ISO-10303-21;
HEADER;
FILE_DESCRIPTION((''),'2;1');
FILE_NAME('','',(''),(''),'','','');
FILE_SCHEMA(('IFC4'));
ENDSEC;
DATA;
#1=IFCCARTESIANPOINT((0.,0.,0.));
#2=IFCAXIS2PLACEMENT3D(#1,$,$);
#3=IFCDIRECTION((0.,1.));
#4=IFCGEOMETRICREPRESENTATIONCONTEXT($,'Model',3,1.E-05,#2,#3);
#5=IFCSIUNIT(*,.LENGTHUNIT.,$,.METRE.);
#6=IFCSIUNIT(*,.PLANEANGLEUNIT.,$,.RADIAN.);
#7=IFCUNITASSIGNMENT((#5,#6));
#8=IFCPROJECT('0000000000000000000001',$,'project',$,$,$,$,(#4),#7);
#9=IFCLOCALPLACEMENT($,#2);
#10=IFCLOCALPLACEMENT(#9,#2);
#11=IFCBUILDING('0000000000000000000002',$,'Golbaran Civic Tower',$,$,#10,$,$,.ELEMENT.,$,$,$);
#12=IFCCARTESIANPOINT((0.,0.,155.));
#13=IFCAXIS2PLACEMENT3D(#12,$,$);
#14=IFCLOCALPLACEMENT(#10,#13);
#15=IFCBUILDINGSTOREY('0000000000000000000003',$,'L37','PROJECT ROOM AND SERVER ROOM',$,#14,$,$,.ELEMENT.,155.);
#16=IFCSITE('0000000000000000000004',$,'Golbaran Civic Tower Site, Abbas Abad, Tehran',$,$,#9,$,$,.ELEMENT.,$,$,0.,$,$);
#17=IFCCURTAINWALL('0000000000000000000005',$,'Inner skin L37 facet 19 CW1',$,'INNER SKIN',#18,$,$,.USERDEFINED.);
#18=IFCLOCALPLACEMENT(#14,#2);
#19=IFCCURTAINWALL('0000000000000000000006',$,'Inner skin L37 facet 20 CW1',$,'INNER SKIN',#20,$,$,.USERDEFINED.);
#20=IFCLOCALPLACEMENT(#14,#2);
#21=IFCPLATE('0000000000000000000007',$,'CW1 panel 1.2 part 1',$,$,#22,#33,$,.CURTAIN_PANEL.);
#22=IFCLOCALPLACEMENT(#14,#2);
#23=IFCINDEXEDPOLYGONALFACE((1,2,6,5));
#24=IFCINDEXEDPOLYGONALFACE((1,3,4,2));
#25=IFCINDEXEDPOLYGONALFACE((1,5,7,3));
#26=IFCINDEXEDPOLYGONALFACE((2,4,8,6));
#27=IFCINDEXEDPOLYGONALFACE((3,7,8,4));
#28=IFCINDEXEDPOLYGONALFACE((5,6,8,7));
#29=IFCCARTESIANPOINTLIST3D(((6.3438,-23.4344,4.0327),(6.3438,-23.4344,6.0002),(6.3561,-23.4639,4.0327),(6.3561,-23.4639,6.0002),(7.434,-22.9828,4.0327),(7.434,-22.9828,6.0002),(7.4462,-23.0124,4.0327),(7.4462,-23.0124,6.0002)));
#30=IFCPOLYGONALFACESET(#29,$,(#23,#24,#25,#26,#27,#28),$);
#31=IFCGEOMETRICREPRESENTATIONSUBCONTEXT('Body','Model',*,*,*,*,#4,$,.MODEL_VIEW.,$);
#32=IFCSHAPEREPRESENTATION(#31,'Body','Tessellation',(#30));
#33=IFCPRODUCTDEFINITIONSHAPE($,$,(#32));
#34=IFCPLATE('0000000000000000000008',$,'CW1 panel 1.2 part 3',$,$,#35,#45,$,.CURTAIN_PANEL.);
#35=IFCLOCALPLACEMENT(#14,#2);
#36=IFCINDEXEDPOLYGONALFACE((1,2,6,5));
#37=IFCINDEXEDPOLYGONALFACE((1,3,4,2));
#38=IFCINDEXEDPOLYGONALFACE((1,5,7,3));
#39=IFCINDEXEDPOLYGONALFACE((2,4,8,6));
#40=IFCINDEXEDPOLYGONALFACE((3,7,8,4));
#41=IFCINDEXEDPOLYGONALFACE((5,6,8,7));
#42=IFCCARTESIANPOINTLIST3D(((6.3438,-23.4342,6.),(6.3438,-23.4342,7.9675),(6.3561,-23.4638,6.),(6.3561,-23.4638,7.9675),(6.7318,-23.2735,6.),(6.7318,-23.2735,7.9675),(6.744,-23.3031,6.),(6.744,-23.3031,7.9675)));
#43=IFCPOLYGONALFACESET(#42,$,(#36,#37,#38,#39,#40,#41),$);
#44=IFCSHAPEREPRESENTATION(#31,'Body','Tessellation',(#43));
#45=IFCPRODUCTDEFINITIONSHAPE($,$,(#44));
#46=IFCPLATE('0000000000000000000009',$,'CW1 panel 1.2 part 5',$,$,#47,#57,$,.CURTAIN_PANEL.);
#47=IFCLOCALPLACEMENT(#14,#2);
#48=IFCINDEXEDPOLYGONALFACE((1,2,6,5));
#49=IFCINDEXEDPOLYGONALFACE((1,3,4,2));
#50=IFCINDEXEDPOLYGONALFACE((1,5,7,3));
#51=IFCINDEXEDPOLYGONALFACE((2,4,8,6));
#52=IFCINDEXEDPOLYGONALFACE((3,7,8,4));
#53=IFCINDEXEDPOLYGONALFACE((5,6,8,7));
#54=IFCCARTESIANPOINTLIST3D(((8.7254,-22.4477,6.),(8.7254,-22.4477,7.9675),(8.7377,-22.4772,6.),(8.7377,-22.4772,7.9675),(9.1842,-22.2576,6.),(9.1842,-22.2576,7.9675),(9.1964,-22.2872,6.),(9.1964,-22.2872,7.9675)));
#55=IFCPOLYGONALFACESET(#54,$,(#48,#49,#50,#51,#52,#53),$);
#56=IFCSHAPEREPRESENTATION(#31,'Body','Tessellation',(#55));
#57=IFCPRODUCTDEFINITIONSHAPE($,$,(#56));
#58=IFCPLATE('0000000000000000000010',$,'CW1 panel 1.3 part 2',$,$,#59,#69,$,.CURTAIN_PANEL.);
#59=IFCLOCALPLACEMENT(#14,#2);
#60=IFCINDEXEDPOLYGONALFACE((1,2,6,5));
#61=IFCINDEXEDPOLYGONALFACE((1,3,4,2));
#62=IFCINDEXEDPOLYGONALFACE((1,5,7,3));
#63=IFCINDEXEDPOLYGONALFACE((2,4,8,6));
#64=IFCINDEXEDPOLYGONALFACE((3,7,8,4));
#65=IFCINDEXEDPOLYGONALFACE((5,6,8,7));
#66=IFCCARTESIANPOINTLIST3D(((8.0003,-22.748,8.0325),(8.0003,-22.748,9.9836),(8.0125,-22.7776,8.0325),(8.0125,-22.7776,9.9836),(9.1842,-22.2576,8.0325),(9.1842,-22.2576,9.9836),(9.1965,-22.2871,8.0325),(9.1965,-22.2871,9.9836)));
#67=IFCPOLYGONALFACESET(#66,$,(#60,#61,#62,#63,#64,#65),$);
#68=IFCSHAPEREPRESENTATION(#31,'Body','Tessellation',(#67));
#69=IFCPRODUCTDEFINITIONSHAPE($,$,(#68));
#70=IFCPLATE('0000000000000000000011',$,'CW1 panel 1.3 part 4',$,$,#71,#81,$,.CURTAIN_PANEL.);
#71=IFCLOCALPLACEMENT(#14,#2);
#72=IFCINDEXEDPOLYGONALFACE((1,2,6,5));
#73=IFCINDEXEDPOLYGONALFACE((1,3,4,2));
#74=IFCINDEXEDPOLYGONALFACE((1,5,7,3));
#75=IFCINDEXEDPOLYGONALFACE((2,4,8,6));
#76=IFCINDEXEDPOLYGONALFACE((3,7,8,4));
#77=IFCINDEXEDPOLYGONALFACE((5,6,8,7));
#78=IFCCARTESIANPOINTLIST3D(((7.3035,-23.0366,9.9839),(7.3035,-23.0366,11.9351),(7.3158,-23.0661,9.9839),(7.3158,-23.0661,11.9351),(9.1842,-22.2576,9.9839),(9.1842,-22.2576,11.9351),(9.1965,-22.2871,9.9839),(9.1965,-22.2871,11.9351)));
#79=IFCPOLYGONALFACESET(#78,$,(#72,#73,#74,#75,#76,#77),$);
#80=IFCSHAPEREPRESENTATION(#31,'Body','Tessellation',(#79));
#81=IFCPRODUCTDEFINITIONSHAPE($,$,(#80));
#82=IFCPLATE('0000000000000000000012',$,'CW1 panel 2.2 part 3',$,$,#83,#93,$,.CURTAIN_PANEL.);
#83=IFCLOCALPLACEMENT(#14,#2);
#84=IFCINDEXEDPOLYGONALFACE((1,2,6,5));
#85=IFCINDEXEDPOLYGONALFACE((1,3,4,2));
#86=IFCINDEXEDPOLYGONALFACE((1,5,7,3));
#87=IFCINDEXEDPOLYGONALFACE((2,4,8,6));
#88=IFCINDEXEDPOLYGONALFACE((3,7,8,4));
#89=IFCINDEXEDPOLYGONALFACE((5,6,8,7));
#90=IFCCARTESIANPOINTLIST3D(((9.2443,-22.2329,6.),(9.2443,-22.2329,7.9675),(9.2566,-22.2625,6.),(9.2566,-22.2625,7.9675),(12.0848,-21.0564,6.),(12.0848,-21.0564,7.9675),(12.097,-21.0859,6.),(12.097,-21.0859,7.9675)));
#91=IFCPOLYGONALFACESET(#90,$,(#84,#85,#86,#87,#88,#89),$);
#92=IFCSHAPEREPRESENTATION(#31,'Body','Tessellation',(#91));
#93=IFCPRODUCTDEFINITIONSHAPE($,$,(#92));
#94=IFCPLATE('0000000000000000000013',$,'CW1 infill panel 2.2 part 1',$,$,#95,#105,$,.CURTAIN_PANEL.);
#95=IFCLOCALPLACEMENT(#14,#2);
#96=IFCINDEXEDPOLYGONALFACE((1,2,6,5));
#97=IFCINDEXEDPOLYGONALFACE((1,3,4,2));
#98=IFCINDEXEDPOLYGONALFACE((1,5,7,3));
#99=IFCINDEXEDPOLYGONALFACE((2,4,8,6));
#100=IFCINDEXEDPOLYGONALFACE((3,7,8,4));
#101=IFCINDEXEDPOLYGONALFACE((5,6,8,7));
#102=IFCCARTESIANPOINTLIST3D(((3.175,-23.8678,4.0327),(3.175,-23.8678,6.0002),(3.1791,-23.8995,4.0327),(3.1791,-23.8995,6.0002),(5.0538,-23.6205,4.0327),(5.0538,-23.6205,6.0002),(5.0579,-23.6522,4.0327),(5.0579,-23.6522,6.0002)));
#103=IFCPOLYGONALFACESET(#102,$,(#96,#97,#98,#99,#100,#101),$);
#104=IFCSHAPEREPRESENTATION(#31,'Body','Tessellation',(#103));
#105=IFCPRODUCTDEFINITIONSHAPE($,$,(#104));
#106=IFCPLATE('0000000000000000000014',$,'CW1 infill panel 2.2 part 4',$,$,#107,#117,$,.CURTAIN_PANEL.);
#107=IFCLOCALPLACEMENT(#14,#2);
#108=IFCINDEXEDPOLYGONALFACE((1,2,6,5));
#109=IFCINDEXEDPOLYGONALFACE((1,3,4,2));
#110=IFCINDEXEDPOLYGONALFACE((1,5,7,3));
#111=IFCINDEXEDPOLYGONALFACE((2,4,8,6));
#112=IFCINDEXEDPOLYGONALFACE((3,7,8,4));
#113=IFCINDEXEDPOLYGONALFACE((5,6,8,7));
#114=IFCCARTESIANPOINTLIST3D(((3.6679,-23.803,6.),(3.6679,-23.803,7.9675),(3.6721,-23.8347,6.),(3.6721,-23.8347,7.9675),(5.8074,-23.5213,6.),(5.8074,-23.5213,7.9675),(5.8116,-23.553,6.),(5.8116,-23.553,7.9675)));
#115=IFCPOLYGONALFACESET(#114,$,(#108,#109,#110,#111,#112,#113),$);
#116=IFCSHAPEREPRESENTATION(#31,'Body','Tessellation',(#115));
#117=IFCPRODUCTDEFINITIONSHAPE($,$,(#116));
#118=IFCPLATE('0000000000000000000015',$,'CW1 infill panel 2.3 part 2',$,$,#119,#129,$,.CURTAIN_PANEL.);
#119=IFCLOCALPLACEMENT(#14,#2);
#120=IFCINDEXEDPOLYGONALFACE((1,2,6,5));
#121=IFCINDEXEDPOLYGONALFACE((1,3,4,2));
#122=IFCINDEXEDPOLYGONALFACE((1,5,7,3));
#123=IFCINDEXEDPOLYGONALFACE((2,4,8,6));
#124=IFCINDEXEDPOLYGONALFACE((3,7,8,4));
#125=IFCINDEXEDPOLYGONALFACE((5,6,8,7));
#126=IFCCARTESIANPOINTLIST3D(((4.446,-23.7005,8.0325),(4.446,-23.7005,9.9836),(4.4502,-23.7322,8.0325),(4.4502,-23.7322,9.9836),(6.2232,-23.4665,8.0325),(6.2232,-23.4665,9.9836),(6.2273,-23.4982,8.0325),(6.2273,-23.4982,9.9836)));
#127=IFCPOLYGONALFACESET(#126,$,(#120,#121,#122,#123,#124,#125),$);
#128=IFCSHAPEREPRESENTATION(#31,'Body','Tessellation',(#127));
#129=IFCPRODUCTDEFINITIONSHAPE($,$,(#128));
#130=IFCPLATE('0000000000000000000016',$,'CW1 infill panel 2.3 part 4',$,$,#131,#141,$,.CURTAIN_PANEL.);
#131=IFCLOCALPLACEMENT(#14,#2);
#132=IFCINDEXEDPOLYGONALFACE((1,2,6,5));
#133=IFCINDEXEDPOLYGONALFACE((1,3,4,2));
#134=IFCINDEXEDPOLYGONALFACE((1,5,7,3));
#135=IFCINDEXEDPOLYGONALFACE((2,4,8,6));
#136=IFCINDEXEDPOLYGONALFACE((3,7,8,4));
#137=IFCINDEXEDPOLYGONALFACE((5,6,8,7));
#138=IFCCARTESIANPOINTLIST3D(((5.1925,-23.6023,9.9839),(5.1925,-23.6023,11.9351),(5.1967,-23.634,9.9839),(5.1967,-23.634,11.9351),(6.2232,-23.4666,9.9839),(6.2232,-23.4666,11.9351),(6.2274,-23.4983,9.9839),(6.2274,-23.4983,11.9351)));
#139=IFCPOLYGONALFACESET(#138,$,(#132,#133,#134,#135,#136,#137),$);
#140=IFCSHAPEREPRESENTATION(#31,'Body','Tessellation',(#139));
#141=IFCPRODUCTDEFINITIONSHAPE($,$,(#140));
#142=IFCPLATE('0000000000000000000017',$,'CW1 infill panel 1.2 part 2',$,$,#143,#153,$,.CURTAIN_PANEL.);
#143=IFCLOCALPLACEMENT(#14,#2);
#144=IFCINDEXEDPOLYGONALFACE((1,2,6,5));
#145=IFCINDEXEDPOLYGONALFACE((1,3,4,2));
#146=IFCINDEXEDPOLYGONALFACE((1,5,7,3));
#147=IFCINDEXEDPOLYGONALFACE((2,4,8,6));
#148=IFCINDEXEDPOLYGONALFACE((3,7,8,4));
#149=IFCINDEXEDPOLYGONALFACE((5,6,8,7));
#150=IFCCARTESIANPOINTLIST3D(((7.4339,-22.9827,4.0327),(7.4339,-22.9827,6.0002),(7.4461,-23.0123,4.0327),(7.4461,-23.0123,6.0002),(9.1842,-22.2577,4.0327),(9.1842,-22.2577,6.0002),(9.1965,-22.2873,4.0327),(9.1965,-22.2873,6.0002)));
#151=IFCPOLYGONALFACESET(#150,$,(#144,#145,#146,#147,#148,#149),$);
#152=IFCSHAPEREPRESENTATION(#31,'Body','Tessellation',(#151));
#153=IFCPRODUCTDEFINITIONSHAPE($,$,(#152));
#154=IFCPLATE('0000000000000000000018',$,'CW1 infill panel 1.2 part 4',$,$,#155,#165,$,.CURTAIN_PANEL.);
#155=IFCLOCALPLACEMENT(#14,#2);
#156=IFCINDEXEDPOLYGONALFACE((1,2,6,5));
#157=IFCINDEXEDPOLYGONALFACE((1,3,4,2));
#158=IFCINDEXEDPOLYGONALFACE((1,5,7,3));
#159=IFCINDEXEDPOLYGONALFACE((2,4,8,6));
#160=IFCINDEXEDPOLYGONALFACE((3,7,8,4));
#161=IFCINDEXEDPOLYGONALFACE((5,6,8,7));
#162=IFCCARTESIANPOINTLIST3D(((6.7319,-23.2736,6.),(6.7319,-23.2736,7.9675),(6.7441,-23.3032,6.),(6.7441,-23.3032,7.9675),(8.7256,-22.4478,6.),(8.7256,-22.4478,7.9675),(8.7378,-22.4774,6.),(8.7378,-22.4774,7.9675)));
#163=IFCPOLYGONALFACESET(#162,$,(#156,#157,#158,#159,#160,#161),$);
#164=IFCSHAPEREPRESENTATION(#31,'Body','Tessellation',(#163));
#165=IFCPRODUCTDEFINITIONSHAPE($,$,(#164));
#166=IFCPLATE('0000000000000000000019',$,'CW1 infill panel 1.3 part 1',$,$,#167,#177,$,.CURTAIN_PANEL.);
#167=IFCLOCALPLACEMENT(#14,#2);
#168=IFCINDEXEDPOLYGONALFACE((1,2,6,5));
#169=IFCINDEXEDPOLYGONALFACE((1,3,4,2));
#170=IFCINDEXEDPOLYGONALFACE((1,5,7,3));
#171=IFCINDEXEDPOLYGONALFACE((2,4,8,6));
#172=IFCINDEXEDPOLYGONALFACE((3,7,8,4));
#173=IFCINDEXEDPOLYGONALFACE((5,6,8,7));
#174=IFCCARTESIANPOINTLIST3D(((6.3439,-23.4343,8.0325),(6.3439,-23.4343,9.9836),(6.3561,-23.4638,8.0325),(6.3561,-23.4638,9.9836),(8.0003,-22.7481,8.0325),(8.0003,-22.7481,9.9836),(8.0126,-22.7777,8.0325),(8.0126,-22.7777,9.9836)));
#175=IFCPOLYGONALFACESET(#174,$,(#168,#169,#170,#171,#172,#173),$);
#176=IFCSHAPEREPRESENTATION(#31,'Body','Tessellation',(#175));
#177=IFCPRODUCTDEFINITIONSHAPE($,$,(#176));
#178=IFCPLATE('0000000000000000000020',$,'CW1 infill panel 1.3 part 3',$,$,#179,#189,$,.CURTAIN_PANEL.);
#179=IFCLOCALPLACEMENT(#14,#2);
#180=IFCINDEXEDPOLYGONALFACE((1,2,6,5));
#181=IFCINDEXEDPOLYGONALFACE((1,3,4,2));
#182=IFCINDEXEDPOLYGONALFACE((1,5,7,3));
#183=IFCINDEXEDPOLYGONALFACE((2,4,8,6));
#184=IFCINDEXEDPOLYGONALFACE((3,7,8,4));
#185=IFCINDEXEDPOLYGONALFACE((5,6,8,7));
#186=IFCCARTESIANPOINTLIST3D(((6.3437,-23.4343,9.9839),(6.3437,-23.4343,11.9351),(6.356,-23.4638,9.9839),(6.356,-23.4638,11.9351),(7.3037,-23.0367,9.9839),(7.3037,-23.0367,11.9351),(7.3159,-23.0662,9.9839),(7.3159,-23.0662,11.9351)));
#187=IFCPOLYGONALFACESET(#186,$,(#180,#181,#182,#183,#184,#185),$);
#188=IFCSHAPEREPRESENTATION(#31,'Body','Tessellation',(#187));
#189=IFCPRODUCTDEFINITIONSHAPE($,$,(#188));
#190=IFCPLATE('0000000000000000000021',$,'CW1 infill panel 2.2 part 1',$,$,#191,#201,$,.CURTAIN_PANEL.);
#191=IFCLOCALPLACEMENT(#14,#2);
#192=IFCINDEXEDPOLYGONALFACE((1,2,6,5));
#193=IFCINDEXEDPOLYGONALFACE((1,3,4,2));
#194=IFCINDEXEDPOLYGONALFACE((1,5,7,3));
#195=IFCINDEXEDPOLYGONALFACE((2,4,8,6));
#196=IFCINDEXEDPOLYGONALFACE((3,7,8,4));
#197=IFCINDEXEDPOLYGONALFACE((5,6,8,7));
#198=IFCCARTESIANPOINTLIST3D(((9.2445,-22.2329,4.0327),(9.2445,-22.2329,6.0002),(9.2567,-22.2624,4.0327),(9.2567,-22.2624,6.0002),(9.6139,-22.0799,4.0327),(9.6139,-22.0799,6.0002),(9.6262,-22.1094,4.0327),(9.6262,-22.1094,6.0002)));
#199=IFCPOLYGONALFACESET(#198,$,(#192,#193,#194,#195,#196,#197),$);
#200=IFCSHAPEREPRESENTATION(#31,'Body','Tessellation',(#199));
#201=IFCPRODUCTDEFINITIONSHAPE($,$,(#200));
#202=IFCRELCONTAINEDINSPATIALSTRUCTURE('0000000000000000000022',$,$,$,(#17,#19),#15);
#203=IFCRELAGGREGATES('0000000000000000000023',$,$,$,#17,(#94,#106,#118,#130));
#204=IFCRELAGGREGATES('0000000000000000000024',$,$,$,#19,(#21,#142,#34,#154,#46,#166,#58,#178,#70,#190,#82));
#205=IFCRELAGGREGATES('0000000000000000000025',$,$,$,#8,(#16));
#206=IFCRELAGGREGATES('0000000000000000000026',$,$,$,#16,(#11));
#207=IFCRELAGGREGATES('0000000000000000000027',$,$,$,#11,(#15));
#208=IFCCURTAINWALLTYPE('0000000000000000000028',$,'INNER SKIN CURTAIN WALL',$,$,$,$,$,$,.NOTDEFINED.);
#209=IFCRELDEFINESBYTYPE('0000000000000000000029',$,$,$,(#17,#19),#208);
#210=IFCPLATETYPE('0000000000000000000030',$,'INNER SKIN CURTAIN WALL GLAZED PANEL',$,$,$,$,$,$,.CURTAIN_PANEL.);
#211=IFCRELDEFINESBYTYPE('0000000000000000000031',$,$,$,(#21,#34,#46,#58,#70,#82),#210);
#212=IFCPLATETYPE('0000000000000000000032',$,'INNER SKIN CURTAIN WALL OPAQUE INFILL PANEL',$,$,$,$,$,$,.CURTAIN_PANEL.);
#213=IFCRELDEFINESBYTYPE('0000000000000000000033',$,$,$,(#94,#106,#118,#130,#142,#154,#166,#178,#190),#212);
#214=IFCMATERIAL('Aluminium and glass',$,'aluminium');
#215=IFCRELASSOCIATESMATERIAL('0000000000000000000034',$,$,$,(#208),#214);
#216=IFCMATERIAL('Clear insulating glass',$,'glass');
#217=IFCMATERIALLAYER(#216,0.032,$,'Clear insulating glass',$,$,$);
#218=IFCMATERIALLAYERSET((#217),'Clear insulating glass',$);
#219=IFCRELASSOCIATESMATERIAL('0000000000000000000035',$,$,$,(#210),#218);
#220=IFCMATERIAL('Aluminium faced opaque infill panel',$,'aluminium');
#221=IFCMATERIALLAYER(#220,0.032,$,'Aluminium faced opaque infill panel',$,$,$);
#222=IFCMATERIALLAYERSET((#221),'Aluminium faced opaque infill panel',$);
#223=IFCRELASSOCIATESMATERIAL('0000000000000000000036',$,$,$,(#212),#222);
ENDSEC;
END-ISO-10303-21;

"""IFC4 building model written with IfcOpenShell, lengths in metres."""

from ifc_helpers import new_model, si_unit, direction, frame, origin, origin_2d, place, context, subcontext, project, spatial, rectangle, extrude, material, layer, layer_set, type_object, element, aggregate, save


model = new_model("IFC4")

# Units and contexts
model_context = context("Model", 3, precision=1e-05, world=origin(), true_north=direction((0.0, 1.0)))
body_context = subcontext(model_context, "Body", "Model", "MODEL_VIEW")
ifc_project = project(units=[si_unit("LENGTHUNIT", "METRE"), si_unit("PLANEANGLEUNIT", "RADIAN")], contexts=[model_context])

# Site, building, storey
site_placement = place(None, origin())
site = spatial("IfcSite", under=ifc_project, at=site_placement, Name="Golbaran Civic Tower Site, Abbas Abad, Tehran", CompositionType="ELEMENT", RefElevation=0.0)
building_placement = place(site_placement, origin())
building = spatial("IfcBuilding", under=site, at=building_placement, Name="Golbaran Civic Tower", CompositionType="ELEMENT")
storey_placement = place(building_placement, frame((0.0, 0.0, 155.0)))
storey = spatial("IfcBuildingStorey", under=building, at=storey_placement, Name="L37", Description="PROJECT ROOM AND SERVER ROOM", CompositionType="ELEMENT", Elevation=155.0)

# Curtain walls
ifc_material_1 = material(Name="Aluminium and glass", Category="aluminium")
curtain_wall_type = type_object("IfcCurtainWallType", Name="INNER SKIN CURTAIN WALL", PredefinedType="NOTDEFINED", material=ifc_material_1)
curtain_wall_1_placement = place(storey_placement, origin())
curtain_wall_1 = element("IfcCurtainWall", 1, at=curtain_wall_1_placement, inside=storey, type_object=curtain_wall_type, Name="Inner skin L37 facet 19 CW1", ObjectType="INNER SKIN", PredefinedType="USERDEFINED")
curtain_wall_2_placement = place(storey_placement, origin())
curtain_wall_2 = element("IfcCurtainWall", 2, at=curtain_wall_2_placement, inside=storey, type_object=curtain_wall_type, Name="Inner skin L37 facet 20 CW1", ObjectType="INNER SKIN", PredefinedType="USERDEFINED")

# Plates
ifc_material_2 = material(Name="Clear insulating glass", Category="glass")
ifc_layer_1 = layer(ifc_material_2, 0.032, Name="Clear insulating glass")
ifc_layer_set_1 = layer_set([ifc_layer_1], Name="Clear insulating glass")
plate_type_1 = type_object("IfcPlateType", Name="INNER SKIN CURTAIN WALL GLAZED PANEL", PredefinedType="CURTAIN_PANEL", material=ifc_layer_set_1)
plate_1_placement = place(storey_placement, frame((6.895, -23.2234, 4.0327), z_axis=(0.0, 0.0, 1.0), x_axis=(0.92388, 0.382683, 0.0)))
plate_1 = element("IfcPlate", 3, at=plate_1_placement, type_object=plate_type_1, Name="CW1 panel 1.2 part 1", PredefinedType="CURTAIN_PANEL", context=body_context, shape_type="SweptSolid", body=[
    extrude(rectangle(XDim=1.1799, YDim=0.032, at=origin_2d()), origin(), (0.0, 0.0, 1.0), 1.9675),
])
plate_2_placement = place(storey_placement, frame((6.5439, -23.3687, 6.0), z_axis=(0.0, 0.0, 1.0), x_axis=(0.92388, 0.382683, 0.0)))
plate_2 = element("IfcPlate", 4, at=plate_2_placement, type_object=plate_type_1, Name="CW1 panel 1.2 part 3", PredefinedType="CURTAIN_PANEL", context=body_context, shape_type="SweptSolid", body=[
    extrude(rectangle(XDim=0.4199, YDim=0.032, at=origin_2d()), origin(), (0.0, 0.0, 1.0), 1.9675),
])
plate_3_placement = place(storey_placement, frame((8.9609, -22.3674, 6.0), z_axis=(0.0, 0.0, 1.0), x_axis=(0.92388, 0.382683, 0.0)))
plate_3 = element("IfcPlate", 5, at=plate_3_placement, type_object=plate_type_1, Name="CW1 panel 1.2 part 5", PredefinedType="CURTAIN_PANEL", context=body_context, shape_type="SweptSolid", body=[
    extrude(rectangle(XDim=0.4966, YDim=0.032, at=origin_2d()), origin(), (0.0, 0.0, 1.0), 1.9675),
])
plate_4_placement = place(storey_placement, frame((8.5984, -22.5176, 8.0325), z_axis=(0.0, 0.0, 1.0), x_axis=(0.92388, 0.382683, 0.0)))
plate_4 = element("IfcPlate", 6, at=plate_4_placement, type_object=plate_type_1, Name="CW1 panel 1.3 part 2", PredefinedType="CURTAIN_PANEL", context=body_context, shape_type="SweptSolid", body=[
    extrude(rectangle(XDim=1.2815, YDim=0.032, at=origin_2d()), origin(), (0.0, 0.0, 1.0), 1.9512),
])
plate_5_placement = place(storey_placement, frame((8.25, -22.6619, 9.9839), z_axis=(0.0, 0.0, 1.0), x_axis=(0.92388, 0.382683, 0.0)))
plate_5 = element("IfcPlate", 7, at=plate_5_placement, type_object=plate_type_1, Name="CW1 panel 1.3 part 4", PredefinedType="CURTAIN_PANEL", context=body_context, shape_type="SweptSolid", body=[
    extrude(rectangle(XDim=2.0356, YDim=0.032, at=origin_2d()), origin(), (0.0, 0.0, 1.0), 1.9512),
])
plate_6_placement = place(storey_placement, frame((10.6707, -21.6594, 6.0), z_axis=(0.0, 0.0, 1.0), x_axis=(0.92388, 0.382683, 0.0)))
plate_6 = element("IfcPlate", 8, at=plate_6_placement, type_object=plate_type_1, Name="CW1 panel 2.2 part 3", PredefinedType="CURTAIN_PANEL", context=body_context, shape_type="SweptSolid", body=[
    extrude(rectangle(XDim=3.0745, YDim=0.032, at=origin_2d()), origin(), (0.0, 0.0, 1.0), 1.9675),
])
ifc_material_3 = material(Name="Aluminium faced opaque infill panel", Category="aluminium")
ifc_layer_2 = layer(ifc_material_3, 0.032, Name="Aluminium faced opaque infill panel")
ifc_layer_set_2 = layer_set([ifc_layer_2], Name="Aluminium faced opaque infill panel")
plate_type_2 = type_object("IfcPlateType", Name="INNER SKIN CURTAIN WALL OPAQUE INFILL PANEL", PredefinedType="CURTAIN_PANEL", material=ifc_layer_set_2)
plate_7_placement = place(storey_placement, frame((4.1165, -23.76, 4.0327), z_axis=(0.0, 0.0, 1.0), x_axis=(0.991445, 0.130526, 0.0)))
plate_7 = element("IfcPlate", 9, at=plate_7_placement, type_object=plate_type_2, Name="CW1 infill panel 2.2 part 1", PredefinedType="CURTAIN_PANEL", context=body_context, shape_type="SweptSolid", body=[
    extrude(rectangle(XDim=1.895, YDim=0.032, at=origin_2d()), origin(), (0.0, 0.0, 1.0), 1.9675),
])
plate_8_placement = place(storey_placement, frame((4.7397, -23.678, 6.0), z_axis=(0.0, 0.0, 1.0), x_axis=(0.991445, 0.130526, 0.0)))
plate_8 = element("IfcPlate", 10, at=plate_8_placement, type_object=plate_type_2, Name="CW1 infill panel 2.2 part 4", PredefinedType="CURTAIN_PANEL", context=body_context, shape_type="SweptSolid", body=[
    extrude(rectangle(XDim=2.158, YDim=0.032, at=origin_2d()), origin(), (0.0, 0.0, 1.0), 1.9675),
])
plate_9_placement = place(storey_placement, frame((5.3367, -23.5994, 8.0325), z_axis=(0.0, 0.0, 1.0), x_axis=(0.991445, 0.130526, 0.0)))
plate_9 = element("IfcPlate", 11, at=plate_9_placement, type_object=plate_type_2, Name="CW1 infill panel 2.3 part 2", PredefinedType="CURTAIN_PANEL", context=body_context, shape_type="SweptSolid", body=[
    extrude(rectangle(XDim=1.7925, YDim=0.032, at=origin_2d()), origin(), (0.0, 0.0, 1.0), 1.9512),
])
plate_10_placement = place(storey_placement, frame((5.71, -23.5503, 9.9839), z_axis=(0.0, 0.0, 1.0), x_axis=(0.991445, 0.130526, 0.0)))
plate_10 = element("IfcPlate", 12, at=plate_10_placement, type_object=plate_type_2, Name="CW1 infill panel 2.3 part 4", PredefinedType="CURTAIN_PANEL", context=body_context, shape_type="SweptSolid", body=[
    extrude(rectangle(XDim=1.0396, YDim=0.032, at=origin_2d()), origin(), (0.0, 0.0, 1.0), 1.9512),
])
aggregate(curtain_wall_1, [plate_7, plate_8, plate_9, plate_10])
plate_11_placement = place(storey_placement, frame((8.3152, -22.635, 4.0327), z_axis=(0.0, 0.0, 1.0), x_axis=(0.92388, 0.382683, 0.0)))
plate_11 = element("IfcPlate", 13, at=plate_11_placement, type_object=plate_type_2, Name="CW1 infill panel 1.2 part 2", PredefinedType="CURTAIN_PANEL", context=body_context, shape_type="SweptSolid", body=[
    extrude(rectangle(XDim=1.8945, YDim=0.032, at=origin_2d()), origin(), (0.0, 0.0, 1.0), 1.9675),
])
plate_12_placement = place(storey_placement, frame((7.7349, -22.8755, 6.0), z_axis=(0.0, 0.0, 1.0), x_axis=(0.92388, 0.382683, 0.0)))
plate_12 = element("IfcPlate", 14, at=plate_12_placement, type_object=plate_type_2, Name="CW1 infill panel 1.2 part 4", PredefinedType="CURTAIN_PANEL", context=body_context, shape_type="SweptSolid", body=[
    extrude(rectangle(XDim=2.158, YDim=0.032, at=origin_2d()), origin(), (0.0, 0.0, 1.0), 1.9675),
])
plate_13_placement = place(storey_placement, frame((7.1782, -23.106, 8.0325), z_axis=(0.0, 0.0, 1.0), x_axis=(0.92388, 0.382683, 0.0)))
plate_13 = element("IfcPlate", 15, at=plate_13_placement, type_object=plate_type_2, Name="CW1 infill panel 1.3 part 1", PredefinedType="CURTAIN_PANEL", context=body_context, shape_type="SweptSolid", body=[
    extrude(rectangle(XDim=1.793, YDim=0.032, at=origin_2d()), origin(), (0.0, 0.0, 1.0), 1.9512),
])
plate_14_placement = place(storey_placement, frame((6.8298, -23.2502, 9.9839), z_axis=(0.0, 0.0, 1.0), x_axis=(0.92388, 0.382683, 0.0)))
plate_14 = element("IfcPlate", 16, at=plate_14_placement, type_object=plate_type_2, Name="CW1 infill panel 1.3 part 3", PredefinedType="CURTAIN_PANEL", context=body_context, shape_type="SweptSolid", body=[
    extrude(rectangle(XDim=1.0391, YDim=0.032, at=origin_2d()), origin(), (0.0, 0.0, 1.0), 1.9512),
])
plate_15_placement = place(storey_placement, frame((9.4353, -22.1711, 4.0327), z_axis=(0.0, 0.0, 1.0), x_axis=(0.92388, 0.382683, 0.0)))
plate_15 = element("IfcPlate", 17, at=plate_15_placement, type_object=plate_type_2, Name="CW1 infill panel 2.2 part 1", PredefinedType="CURTAIN_PANEL", context=body_context, shape_type="SweptSolid", body=[
    extrude(rectangle(XDim=0.3999, YDim=0.032, at=origin_2d()), origin(), (0.0, 0.0, 1.0), 1.9675),
])
aggregate(curtain_wall_2, [plate_1, plate_11, plate_2, plate_12, plate_3, plate_13, plate_4, plate_14, plate_5, plate_15, plate_6])

save(model, "model.ifc")
